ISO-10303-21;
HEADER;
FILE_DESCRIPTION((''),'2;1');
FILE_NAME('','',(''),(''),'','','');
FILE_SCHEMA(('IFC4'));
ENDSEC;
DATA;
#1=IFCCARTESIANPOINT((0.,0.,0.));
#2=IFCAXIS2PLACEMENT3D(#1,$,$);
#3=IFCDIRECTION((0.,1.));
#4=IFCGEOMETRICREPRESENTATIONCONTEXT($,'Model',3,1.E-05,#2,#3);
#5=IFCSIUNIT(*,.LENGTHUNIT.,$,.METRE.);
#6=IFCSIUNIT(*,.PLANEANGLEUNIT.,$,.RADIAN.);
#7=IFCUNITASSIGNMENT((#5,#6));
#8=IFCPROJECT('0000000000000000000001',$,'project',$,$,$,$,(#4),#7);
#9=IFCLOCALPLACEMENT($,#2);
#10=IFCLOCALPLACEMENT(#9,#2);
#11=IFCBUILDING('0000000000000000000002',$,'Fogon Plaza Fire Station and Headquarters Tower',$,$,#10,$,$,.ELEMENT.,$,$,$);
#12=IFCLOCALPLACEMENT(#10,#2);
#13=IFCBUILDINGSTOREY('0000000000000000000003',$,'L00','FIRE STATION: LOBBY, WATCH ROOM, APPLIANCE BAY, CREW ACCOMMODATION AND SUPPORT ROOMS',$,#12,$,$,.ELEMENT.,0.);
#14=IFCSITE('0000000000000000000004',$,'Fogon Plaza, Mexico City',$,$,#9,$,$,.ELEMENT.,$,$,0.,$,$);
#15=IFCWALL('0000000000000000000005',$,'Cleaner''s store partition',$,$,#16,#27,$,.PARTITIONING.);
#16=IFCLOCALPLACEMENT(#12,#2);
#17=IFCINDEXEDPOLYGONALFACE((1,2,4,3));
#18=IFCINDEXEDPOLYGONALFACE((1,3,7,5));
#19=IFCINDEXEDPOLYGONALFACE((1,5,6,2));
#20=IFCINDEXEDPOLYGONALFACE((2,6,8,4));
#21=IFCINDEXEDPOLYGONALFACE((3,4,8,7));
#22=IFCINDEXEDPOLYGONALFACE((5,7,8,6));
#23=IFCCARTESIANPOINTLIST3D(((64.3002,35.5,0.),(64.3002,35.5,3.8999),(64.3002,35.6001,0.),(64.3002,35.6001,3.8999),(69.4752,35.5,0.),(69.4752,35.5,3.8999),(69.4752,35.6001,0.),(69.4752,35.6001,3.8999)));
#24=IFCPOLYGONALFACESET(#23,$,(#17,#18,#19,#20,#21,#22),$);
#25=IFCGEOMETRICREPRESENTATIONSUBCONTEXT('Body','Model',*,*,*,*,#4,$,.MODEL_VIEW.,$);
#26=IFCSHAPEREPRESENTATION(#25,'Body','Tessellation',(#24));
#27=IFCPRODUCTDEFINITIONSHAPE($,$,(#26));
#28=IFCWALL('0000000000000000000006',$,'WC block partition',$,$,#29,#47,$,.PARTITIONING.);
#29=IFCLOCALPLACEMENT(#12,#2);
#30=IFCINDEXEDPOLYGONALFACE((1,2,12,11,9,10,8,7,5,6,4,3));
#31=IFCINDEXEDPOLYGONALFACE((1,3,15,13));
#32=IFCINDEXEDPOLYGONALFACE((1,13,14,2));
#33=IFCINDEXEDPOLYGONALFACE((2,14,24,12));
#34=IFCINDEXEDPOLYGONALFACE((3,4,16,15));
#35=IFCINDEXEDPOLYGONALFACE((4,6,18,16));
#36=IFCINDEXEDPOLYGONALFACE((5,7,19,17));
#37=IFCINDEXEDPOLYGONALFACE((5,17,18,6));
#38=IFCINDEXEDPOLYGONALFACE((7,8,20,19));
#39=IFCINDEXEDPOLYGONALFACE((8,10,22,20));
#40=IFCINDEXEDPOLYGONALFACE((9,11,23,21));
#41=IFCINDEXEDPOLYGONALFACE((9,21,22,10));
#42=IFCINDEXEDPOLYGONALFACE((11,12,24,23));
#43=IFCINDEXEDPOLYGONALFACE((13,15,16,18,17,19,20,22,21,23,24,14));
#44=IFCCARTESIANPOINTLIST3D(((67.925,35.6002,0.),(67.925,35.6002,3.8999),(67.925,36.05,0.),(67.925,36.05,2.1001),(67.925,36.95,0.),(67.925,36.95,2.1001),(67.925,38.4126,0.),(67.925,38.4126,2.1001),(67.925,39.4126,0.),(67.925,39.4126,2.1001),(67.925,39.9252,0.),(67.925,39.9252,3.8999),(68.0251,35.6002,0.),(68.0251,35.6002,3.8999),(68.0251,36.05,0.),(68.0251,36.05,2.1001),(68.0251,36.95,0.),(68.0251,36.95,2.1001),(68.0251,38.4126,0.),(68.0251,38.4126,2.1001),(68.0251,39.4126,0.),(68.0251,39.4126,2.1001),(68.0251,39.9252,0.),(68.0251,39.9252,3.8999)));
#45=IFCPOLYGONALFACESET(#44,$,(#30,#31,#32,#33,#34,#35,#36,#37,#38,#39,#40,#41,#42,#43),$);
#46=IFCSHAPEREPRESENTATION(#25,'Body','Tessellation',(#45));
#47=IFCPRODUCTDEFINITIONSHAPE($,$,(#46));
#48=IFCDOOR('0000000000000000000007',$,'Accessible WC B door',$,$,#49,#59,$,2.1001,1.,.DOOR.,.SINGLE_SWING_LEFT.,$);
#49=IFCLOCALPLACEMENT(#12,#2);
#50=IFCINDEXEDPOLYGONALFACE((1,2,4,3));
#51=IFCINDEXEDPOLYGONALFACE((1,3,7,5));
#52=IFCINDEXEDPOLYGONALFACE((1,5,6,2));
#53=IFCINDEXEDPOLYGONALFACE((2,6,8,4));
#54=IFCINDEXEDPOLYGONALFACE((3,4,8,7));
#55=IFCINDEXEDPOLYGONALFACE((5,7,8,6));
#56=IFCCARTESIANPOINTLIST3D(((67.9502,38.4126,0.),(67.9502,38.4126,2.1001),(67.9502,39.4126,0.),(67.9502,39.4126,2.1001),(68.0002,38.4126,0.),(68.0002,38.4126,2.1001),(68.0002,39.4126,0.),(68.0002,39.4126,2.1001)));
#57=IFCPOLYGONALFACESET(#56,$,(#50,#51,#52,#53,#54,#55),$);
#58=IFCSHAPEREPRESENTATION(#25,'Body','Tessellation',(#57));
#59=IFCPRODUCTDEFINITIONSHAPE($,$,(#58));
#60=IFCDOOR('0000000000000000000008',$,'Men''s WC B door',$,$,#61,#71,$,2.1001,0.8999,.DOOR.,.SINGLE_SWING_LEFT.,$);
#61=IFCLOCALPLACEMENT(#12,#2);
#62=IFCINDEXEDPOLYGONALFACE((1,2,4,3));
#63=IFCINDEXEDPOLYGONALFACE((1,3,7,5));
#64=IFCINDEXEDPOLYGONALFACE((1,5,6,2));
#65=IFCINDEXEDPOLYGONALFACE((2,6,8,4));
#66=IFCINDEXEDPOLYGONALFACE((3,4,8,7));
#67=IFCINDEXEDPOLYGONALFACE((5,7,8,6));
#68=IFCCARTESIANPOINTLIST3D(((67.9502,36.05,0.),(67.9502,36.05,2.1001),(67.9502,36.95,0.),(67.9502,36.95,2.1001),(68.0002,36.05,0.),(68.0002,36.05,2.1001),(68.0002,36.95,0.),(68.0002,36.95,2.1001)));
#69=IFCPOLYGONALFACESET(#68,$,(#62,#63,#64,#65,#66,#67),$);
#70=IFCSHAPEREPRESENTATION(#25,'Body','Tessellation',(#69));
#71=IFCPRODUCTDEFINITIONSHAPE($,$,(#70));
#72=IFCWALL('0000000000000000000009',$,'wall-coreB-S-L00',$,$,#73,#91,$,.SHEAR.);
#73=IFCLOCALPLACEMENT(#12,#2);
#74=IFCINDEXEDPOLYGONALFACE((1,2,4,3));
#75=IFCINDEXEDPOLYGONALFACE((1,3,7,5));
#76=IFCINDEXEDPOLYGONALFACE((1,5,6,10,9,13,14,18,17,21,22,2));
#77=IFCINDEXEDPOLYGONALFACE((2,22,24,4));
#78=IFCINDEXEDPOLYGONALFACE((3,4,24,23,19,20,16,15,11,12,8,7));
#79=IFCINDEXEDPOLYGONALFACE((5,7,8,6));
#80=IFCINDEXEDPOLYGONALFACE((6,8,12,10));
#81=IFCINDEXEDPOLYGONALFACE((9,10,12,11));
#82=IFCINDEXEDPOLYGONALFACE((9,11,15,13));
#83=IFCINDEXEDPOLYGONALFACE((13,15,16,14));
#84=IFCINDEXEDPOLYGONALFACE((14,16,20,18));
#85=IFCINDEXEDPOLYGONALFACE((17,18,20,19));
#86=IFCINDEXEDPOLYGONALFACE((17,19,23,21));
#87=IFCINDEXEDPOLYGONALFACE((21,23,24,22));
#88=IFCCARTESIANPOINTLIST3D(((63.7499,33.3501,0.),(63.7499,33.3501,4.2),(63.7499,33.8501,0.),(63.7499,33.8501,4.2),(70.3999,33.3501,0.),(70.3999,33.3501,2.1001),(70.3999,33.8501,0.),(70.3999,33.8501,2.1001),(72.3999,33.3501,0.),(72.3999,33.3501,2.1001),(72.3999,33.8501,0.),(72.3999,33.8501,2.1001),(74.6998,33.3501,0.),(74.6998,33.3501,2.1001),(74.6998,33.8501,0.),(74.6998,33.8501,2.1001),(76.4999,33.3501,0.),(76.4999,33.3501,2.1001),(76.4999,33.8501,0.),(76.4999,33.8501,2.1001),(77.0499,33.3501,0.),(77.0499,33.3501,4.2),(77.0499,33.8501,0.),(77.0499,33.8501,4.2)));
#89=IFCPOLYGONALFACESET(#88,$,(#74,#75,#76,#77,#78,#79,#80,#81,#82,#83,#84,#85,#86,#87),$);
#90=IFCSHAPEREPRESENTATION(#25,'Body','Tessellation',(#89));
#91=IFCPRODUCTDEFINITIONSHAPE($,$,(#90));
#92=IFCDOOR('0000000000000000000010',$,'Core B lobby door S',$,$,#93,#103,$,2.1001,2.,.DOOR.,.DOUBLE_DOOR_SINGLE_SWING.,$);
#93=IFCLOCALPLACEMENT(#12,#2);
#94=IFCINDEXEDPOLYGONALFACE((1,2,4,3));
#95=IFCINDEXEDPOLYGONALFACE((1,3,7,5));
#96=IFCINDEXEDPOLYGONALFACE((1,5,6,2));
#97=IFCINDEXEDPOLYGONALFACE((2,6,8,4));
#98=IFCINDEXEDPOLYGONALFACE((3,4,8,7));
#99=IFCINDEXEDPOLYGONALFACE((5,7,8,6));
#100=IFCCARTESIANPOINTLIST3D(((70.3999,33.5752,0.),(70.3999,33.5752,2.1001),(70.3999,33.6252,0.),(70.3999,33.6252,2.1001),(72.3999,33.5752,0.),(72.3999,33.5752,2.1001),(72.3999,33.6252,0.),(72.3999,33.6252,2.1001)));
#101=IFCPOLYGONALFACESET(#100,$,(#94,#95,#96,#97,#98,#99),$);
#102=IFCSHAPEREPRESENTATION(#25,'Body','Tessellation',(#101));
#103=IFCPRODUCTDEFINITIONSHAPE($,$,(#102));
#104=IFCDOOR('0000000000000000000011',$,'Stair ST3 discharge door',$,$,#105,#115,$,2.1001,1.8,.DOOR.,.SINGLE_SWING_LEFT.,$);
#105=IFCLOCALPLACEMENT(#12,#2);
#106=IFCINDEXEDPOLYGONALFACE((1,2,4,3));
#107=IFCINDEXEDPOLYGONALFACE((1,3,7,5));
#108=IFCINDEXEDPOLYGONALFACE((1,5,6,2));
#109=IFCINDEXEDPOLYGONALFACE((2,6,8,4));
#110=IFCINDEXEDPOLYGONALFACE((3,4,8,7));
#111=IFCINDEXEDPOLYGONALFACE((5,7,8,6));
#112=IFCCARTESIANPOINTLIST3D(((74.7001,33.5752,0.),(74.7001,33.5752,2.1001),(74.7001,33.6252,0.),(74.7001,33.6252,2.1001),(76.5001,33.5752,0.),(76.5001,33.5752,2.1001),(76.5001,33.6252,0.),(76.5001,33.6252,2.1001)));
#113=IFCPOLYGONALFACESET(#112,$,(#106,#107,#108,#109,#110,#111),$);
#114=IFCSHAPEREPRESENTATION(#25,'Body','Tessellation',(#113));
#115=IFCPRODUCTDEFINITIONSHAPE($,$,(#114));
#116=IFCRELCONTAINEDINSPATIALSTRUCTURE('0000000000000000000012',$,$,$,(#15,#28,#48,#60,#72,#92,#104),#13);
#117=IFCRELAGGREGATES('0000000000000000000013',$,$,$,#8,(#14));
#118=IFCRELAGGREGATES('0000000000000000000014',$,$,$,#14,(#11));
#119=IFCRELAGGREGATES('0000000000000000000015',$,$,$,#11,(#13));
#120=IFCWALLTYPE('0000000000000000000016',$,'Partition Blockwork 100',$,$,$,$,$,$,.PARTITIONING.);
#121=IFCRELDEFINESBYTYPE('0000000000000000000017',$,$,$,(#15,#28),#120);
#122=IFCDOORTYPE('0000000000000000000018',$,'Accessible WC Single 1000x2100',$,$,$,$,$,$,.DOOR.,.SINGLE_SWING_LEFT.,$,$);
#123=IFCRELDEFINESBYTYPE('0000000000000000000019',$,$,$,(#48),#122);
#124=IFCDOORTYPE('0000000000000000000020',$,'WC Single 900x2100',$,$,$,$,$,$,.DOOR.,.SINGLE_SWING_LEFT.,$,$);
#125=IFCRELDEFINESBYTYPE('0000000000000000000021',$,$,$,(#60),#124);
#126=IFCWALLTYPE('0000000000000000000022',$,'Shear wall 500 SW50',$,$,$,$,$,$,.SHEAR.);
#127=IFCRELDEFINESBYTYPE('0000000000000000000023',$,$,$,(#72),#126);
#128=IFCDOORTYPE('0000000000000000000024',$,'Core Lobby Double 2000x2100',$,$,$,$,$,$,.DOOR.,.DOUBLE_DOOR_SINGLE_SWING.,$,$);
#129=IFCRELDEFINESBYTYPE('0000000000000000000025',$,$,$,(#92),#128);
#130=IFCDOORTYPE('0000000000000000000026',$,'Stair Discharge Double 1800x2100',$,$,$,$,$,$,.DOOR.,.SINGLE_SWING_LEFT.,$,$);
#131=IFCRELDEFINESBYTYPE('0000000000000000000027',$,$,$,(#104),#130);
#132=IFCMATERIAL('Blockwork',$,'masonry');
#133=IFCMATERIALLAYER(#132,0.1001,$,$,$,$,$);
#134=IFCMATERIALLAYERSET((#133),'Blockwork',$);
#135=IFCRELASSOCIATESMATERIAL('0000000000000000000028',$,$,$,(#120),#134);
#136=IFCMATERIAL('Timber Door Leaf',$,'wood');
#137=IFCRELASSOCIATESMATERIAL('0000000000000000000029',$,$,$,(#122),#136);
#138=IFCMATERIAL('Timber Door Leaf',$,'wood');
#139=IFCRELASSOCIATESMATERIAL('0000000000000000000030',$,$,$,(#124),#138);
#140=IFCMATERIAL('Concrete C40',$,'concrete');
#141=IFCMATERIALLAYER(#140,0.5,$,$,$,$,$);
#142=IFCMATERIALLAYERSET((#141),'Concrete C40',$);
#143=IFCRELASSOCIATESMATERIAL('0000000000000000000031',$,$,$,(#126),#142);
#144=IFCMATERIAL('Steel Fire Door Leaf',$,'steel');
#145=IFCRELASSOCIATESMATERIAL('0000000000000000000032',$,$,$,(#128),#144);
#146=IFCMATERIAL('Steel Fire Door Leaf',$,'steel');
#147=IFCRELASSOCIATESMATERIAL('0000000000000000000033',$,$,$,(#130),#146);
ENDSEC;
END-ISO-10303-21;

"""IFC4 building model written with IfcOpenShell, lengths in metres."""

from ifc_helpers import new_model, si_unit, direction, frame, frame_2d, origin, place, context, subcontext, project, spatial, rectangle, extrude, material, layer, layer_set, type_object, element, fill, save


model = new_model("IFC4")

# Units and contexts
model_context = context("Model", 3, precision=1e-05, world=origin(), true_north=direction((0.0, 1.0)))
body_context = subcontext(model_context, "Body", "Model", "MODEL_VIEW")
ifc_project = project(units=[si_unit("LENGTHUNIT", "METRE"), si_unit("PLANEANGLEUNIT", "RADIAN")], contexts=[model_context])

# Site, building, storey
site_placement = place(None, origin())
site = spatial("IfcSite", under=ifc_project, at=site_placement, Name="Fogon Plaza, Mexico City", CompositionType="ELEMENT", RefElevation=0.0)
building_placement = place(site_placement, origin())
building = spatial("IfcBuilding", under=site, at=building_placement, Name="Fogon Plaza Fire Station and Headquarters Tower", CompositionType="ELEMENT")
storey_placement = place(building_placement, origin())
storey = spatial("IfcBuildingStorey", under=building, at=storey_placement, Name="L00", Description="FIRE STATION: LOBBY, WATCH ROOM, APPLIANCE BAY, CREW ACCOMMODATION AND SUPPORT ROOMS", CompositionType="ELEMENT", Elevation=0.0)

# Wall
ifc_material_1 = material(Name="Blockwork", Category="masonry")
ifc_layer_1 = layer(ifc_material_1, 0.1001)
ifc_layer_set_1 = layer_set([ifc_layer_1], Name="Blockwork")
wall_type_1 = type_object("IfcWallType", Name="Partition Blockwork 100", PredefinedType="PARTITIONING", material=ifc_layer_set_1)
wall_1_placement = place(storey_placement, frame((69.4751, 35.55, 0.0), z_axis=(0.0, 0.0, 1.0), x_axis=(-1.0, 0.0, 0.0)))
element("IfcWall", 1, at=wall_1_placement, inside=storey, type_object=wall_type_1, Name="Cleaner's store partition", PredefinedType="PARTITIONING", context=body_context, shape_type="SweptSolid", body=[
    extrude(rectangle(XDim=5.175, YDim=0.1001, at=frame_2d((2.5874, 0.0))), origin(), (0.0, 0.0, 1.0), 3.8999),
])

# Walls, openings, doors
wall_2_placement = place(storey_placement, frame((67.9751, 35.6001, 0.0), z_axis=(0.0, 0.0, 1.0), x_axis=(0.0, 1.0, 0.0)))
wall_2 = element("IfcWall", 2, at=wall_2_placement, inside=storey, type_object=wall_type_1, Name="WC block partition", PredefinedType="PARTITIONING", context=body_context, shape_type="SweptSolid", body=[
    extrude(rectangle(XDim=4.325, YDim=0.1001, at=frame_2d((2.1626, 0.0))), origin(), (0.0, 0.0, 1.0), 3.8999),
])
opening_1_placement = place(wall_2_placement, frame((0.45, 0.0, 0.0)))
opening_1 = element("IfcOpeningElement", 3, at=opening_1_placement, cuts=wall_2, PredefinedType="OPENING", context=body_context, shape_type="SweptSolid", body=[
    extrude(rectangle(XDim=0.8999, YDim=2.1001, at=frame_2d((0.45, 1.05))), frame((0.0, 0.0601, 0.0), z_axis=(0.0, -1.0, 0.0), x_axis=(1.0, 0.0, 0.0)), (0.0, 0.0, 1.0), 0.1201),
])
opening_2_placement = place(wall_2_placement, frame((2.8125, 0.0, 0.0)))
opening_2 = element("IfcOpeningElement", 4, at=opening_2_placement, cuts=wall_2, PredefinedType="OPENING", context=body_context, shape_type="SweptSolid", body=[
    extrude(rectangle(XDim=1.0, YDim=2.1001, at=frame_2d((0.5, 1.05))), frame((0.0, 0.0601, 0.0), z_axis=(0.0, -1.0, 0.0), x_axis=(1.0, 0.0, 0.0)), (0.0, 0.0, 1.0), 0.1201),
])
ifc_material_2 = material(Name="Timber Door Leaf", Category="wood")
door_type_1 = type_object("IfcDoorType", Name="Accessible WC Single 1000x2100", OperationType="SINGLE_SWING_LEFT", PredefinedType="DOOR", material=ifc_material_2)
door_1_placement = place(opening_2_placement, origin())
door_1 = element("IfcDoor", 5, at=door_1_placement, inside=storey, type_object=door_type_1, Name="Accessible WC B door", OperationType="SINGLE_SWING_LEFT", OverallHeight=2.1001, OverallWidth=1.0, PredefinedType="DOOR", context=body_context, shape_type="SweptSolid", body=[
    extrude(rectangle(XDim=1.0, YDim=2.1001, at=frame_2d((0.5, 1.05))), frame((0.0, 0.0249, 0.0), z_axis=(0.0, -1.0, 0.0), x_axis=(1.0, 0.0, 0.0)), (0.0, 0.0, 1.0), 0.05),
])
fill(opening_2, door_1)
ifc_material_3 = material(Name="Timber Door Leaf", Category="wood")
door_type_2 = type_object("IfcDoorType", Name="WC Single 900x2100", OperationType="SINGLE_SWING_LEFT", PredefinedType="DOOR", material=ifc_material_3)
door_2_placement = place(opening_1_placement, origin())
door_2 = element("IfcDoor", 6, at=door_2_placement, inside=storey, type_object=door_type_2, Name="Men's WC B door", OperationType="SINGLE_SWING_LEFT", OverallHeight=2.1001, OverallWidth=0.8999, PredefinedType="DOOR", context=body_context, shape_type="SweptSolid", body=[
    extrude(rectangle(XDim=0.8999, YDim=2.1001, at=frame_2d((0.45, 1.05))), frame((0.0, 0.0249, 0.0), z_axis=(0.0, -1.0, 0.0), x_axis=(1.0, 0.0, 0.0)), (0.0, 0.0, 1.0), 0.05),
])
fill(opening_1, door_2)
ifc_material_4 = material(Name="Concrete C40", Category="concrete")
ifc_layer_2 = layer(ifc_material_4, 0.5)
ifc_layer_set_2 = layer_set([ifc_layer_2], Name="Concrete C40")
wall_type_2 = type_object("IfcWallType", Name="Shear wall 500 SW50", PredefinedType="SHEAR", material=ifc_layer_set_2)
wall_3_placement = place(storey_placement, frame((63.75, 33.6001, 0.0), z_axis=(0.0, 0.0, 1.0), x_axis=(1.0, 0.0, 0.0)))
wall_3 = element("IfcWall", 7, at=wall_3_placement, inside=storey, type_object=wall_type_2, Name="wall-coreB-S-L00", PredefinedType="SHEAR", context=body_context, shape_type="SweptSolid", body=[
    extrude(rectangle(XDim=13.3, YDim=0.5, at=frame_2d((6.6499, 0.0))), origin(), (0.0, 0.0, 1.0), 4.2),
])
opening_3_placement = place(wall_3_placement, frame((6.6499, 0.0, 0.0)))
opening_3 = element("IfcOpeningElement", 8, at=opening_3_placement, cuts=wall_3, PredefinedType="OPENING", context=body_context, shape_type="SweptSolid", body=[
    extrude(rectangle(XDim=2.0, YDim=2.1001, at=frame_2d((1.0, 1.05))), frame((0.0, 0.26, 0.0), z_axis=(0.0, -1.0, 0.0), x_axis=(1.0, 0.0, 0.0)), (0.0, 0.0, 1.0), 0.52),
])
opening_4_placement = place(wall_3_placement, frame((10.95, 0.0, 0.0)))
opening_4 = element("IfcOpeningElement", 9, at=opening_4_placement, cuts=wall_3, PredefinedType="OPENING", context=body_context, shape_type="SweptSolid", body=[
    extrude(rectangle(XDim=1.8, YDim=2.1001, at=frame_2d((0.8999, 1.05))), frame((0.0, 0.26, 0.0), z_axis=(0.0, -1.0, 0.0), x_axis=(1.0, 0.0, 0.0)), (0.0, 0.0, 1.0), 0.52),
])
ifc_material_5 = material(Name="Steel Fire Door Leaf", Category="steel")
door_type_3 = type_object("IfcDoorType", Name="Core Lobby Double 2000x2100", OperationType="DOUBLE_DOOR_SINGLE_SWING", PredefinedType="DOOR", material=ifc_material_5)
door_3_placement = place(opening_3_placement, frame((2.0, 0.0, 0.0), z_axis=(0.0, 0.0, 1.0), x_axis=(-1.0, 0.0, 0.0)))
door_3 = element("IfcDoor", 10, at=door_3_placement, inside=storey, type_object=door_type_3, Name="Core B lobby door S", OperationType="DOUBLE_DOOR_SINGLE_SWING", OverallHeight=2.1001, OverallWidth=2.0, PredefinedType="DOOR", context=body_context, shape_type="SweptSolid", body=[
    extrude(rectangle(XDim=2.0, YDim=2.1001, at=frame_2d((1.0, 1.05))), frame((0.0, 0.0249, 0.0), z_axis=(0.0, -1.0, 0.0), x_axis=(1.0, 0.0, 0.0)), (0.0, 0.0, 1.0), 0.05),
])
fill(opening_3, door_3)
ifc_material_6 = material(Name="Steel Fire Door Leaf", Category="steel")
door_type_4 = type_object("IfcDoorType", Name="Stair Discharge Double 1800x2100", OperationType="SINGLE_SWING_LEFT", PredefinedType="DOOR", material=ifc_material_6)
door_4_placement = place(opening_4_placement, frame((1.8, 0.0, 0.0), z_axis=(0.0, 0.0, 1.0), x_axis=(-1.0, 0.0, 0.0)))
door_4 = element("IfcDoor", 11, at=door_4_placement, inside=storey, type_object=door_type_4, Name="Stair ST3 discharge door", OperationType="SINGLE_SWING_LEFT", OverallHeight=2.1001, OverallWidth=1.8, PredefinedType="DOOR", context=body_context, shape_type="SweptSolid", body=[
    extrude(rectangle(XDim=1.8, YDim=2.1001, at=frame_2d((0.8999, 1.05))), frame((0.0, 0.0249, 0.0), z_axis=(0.0, -1.0, 0.0), x_axis=(1.0, 0.0, 0.0)), (0.0, 0.0, 1.0), 0.05),
])
fill(opening_4, door_4)

save(model, "model.ifc")
